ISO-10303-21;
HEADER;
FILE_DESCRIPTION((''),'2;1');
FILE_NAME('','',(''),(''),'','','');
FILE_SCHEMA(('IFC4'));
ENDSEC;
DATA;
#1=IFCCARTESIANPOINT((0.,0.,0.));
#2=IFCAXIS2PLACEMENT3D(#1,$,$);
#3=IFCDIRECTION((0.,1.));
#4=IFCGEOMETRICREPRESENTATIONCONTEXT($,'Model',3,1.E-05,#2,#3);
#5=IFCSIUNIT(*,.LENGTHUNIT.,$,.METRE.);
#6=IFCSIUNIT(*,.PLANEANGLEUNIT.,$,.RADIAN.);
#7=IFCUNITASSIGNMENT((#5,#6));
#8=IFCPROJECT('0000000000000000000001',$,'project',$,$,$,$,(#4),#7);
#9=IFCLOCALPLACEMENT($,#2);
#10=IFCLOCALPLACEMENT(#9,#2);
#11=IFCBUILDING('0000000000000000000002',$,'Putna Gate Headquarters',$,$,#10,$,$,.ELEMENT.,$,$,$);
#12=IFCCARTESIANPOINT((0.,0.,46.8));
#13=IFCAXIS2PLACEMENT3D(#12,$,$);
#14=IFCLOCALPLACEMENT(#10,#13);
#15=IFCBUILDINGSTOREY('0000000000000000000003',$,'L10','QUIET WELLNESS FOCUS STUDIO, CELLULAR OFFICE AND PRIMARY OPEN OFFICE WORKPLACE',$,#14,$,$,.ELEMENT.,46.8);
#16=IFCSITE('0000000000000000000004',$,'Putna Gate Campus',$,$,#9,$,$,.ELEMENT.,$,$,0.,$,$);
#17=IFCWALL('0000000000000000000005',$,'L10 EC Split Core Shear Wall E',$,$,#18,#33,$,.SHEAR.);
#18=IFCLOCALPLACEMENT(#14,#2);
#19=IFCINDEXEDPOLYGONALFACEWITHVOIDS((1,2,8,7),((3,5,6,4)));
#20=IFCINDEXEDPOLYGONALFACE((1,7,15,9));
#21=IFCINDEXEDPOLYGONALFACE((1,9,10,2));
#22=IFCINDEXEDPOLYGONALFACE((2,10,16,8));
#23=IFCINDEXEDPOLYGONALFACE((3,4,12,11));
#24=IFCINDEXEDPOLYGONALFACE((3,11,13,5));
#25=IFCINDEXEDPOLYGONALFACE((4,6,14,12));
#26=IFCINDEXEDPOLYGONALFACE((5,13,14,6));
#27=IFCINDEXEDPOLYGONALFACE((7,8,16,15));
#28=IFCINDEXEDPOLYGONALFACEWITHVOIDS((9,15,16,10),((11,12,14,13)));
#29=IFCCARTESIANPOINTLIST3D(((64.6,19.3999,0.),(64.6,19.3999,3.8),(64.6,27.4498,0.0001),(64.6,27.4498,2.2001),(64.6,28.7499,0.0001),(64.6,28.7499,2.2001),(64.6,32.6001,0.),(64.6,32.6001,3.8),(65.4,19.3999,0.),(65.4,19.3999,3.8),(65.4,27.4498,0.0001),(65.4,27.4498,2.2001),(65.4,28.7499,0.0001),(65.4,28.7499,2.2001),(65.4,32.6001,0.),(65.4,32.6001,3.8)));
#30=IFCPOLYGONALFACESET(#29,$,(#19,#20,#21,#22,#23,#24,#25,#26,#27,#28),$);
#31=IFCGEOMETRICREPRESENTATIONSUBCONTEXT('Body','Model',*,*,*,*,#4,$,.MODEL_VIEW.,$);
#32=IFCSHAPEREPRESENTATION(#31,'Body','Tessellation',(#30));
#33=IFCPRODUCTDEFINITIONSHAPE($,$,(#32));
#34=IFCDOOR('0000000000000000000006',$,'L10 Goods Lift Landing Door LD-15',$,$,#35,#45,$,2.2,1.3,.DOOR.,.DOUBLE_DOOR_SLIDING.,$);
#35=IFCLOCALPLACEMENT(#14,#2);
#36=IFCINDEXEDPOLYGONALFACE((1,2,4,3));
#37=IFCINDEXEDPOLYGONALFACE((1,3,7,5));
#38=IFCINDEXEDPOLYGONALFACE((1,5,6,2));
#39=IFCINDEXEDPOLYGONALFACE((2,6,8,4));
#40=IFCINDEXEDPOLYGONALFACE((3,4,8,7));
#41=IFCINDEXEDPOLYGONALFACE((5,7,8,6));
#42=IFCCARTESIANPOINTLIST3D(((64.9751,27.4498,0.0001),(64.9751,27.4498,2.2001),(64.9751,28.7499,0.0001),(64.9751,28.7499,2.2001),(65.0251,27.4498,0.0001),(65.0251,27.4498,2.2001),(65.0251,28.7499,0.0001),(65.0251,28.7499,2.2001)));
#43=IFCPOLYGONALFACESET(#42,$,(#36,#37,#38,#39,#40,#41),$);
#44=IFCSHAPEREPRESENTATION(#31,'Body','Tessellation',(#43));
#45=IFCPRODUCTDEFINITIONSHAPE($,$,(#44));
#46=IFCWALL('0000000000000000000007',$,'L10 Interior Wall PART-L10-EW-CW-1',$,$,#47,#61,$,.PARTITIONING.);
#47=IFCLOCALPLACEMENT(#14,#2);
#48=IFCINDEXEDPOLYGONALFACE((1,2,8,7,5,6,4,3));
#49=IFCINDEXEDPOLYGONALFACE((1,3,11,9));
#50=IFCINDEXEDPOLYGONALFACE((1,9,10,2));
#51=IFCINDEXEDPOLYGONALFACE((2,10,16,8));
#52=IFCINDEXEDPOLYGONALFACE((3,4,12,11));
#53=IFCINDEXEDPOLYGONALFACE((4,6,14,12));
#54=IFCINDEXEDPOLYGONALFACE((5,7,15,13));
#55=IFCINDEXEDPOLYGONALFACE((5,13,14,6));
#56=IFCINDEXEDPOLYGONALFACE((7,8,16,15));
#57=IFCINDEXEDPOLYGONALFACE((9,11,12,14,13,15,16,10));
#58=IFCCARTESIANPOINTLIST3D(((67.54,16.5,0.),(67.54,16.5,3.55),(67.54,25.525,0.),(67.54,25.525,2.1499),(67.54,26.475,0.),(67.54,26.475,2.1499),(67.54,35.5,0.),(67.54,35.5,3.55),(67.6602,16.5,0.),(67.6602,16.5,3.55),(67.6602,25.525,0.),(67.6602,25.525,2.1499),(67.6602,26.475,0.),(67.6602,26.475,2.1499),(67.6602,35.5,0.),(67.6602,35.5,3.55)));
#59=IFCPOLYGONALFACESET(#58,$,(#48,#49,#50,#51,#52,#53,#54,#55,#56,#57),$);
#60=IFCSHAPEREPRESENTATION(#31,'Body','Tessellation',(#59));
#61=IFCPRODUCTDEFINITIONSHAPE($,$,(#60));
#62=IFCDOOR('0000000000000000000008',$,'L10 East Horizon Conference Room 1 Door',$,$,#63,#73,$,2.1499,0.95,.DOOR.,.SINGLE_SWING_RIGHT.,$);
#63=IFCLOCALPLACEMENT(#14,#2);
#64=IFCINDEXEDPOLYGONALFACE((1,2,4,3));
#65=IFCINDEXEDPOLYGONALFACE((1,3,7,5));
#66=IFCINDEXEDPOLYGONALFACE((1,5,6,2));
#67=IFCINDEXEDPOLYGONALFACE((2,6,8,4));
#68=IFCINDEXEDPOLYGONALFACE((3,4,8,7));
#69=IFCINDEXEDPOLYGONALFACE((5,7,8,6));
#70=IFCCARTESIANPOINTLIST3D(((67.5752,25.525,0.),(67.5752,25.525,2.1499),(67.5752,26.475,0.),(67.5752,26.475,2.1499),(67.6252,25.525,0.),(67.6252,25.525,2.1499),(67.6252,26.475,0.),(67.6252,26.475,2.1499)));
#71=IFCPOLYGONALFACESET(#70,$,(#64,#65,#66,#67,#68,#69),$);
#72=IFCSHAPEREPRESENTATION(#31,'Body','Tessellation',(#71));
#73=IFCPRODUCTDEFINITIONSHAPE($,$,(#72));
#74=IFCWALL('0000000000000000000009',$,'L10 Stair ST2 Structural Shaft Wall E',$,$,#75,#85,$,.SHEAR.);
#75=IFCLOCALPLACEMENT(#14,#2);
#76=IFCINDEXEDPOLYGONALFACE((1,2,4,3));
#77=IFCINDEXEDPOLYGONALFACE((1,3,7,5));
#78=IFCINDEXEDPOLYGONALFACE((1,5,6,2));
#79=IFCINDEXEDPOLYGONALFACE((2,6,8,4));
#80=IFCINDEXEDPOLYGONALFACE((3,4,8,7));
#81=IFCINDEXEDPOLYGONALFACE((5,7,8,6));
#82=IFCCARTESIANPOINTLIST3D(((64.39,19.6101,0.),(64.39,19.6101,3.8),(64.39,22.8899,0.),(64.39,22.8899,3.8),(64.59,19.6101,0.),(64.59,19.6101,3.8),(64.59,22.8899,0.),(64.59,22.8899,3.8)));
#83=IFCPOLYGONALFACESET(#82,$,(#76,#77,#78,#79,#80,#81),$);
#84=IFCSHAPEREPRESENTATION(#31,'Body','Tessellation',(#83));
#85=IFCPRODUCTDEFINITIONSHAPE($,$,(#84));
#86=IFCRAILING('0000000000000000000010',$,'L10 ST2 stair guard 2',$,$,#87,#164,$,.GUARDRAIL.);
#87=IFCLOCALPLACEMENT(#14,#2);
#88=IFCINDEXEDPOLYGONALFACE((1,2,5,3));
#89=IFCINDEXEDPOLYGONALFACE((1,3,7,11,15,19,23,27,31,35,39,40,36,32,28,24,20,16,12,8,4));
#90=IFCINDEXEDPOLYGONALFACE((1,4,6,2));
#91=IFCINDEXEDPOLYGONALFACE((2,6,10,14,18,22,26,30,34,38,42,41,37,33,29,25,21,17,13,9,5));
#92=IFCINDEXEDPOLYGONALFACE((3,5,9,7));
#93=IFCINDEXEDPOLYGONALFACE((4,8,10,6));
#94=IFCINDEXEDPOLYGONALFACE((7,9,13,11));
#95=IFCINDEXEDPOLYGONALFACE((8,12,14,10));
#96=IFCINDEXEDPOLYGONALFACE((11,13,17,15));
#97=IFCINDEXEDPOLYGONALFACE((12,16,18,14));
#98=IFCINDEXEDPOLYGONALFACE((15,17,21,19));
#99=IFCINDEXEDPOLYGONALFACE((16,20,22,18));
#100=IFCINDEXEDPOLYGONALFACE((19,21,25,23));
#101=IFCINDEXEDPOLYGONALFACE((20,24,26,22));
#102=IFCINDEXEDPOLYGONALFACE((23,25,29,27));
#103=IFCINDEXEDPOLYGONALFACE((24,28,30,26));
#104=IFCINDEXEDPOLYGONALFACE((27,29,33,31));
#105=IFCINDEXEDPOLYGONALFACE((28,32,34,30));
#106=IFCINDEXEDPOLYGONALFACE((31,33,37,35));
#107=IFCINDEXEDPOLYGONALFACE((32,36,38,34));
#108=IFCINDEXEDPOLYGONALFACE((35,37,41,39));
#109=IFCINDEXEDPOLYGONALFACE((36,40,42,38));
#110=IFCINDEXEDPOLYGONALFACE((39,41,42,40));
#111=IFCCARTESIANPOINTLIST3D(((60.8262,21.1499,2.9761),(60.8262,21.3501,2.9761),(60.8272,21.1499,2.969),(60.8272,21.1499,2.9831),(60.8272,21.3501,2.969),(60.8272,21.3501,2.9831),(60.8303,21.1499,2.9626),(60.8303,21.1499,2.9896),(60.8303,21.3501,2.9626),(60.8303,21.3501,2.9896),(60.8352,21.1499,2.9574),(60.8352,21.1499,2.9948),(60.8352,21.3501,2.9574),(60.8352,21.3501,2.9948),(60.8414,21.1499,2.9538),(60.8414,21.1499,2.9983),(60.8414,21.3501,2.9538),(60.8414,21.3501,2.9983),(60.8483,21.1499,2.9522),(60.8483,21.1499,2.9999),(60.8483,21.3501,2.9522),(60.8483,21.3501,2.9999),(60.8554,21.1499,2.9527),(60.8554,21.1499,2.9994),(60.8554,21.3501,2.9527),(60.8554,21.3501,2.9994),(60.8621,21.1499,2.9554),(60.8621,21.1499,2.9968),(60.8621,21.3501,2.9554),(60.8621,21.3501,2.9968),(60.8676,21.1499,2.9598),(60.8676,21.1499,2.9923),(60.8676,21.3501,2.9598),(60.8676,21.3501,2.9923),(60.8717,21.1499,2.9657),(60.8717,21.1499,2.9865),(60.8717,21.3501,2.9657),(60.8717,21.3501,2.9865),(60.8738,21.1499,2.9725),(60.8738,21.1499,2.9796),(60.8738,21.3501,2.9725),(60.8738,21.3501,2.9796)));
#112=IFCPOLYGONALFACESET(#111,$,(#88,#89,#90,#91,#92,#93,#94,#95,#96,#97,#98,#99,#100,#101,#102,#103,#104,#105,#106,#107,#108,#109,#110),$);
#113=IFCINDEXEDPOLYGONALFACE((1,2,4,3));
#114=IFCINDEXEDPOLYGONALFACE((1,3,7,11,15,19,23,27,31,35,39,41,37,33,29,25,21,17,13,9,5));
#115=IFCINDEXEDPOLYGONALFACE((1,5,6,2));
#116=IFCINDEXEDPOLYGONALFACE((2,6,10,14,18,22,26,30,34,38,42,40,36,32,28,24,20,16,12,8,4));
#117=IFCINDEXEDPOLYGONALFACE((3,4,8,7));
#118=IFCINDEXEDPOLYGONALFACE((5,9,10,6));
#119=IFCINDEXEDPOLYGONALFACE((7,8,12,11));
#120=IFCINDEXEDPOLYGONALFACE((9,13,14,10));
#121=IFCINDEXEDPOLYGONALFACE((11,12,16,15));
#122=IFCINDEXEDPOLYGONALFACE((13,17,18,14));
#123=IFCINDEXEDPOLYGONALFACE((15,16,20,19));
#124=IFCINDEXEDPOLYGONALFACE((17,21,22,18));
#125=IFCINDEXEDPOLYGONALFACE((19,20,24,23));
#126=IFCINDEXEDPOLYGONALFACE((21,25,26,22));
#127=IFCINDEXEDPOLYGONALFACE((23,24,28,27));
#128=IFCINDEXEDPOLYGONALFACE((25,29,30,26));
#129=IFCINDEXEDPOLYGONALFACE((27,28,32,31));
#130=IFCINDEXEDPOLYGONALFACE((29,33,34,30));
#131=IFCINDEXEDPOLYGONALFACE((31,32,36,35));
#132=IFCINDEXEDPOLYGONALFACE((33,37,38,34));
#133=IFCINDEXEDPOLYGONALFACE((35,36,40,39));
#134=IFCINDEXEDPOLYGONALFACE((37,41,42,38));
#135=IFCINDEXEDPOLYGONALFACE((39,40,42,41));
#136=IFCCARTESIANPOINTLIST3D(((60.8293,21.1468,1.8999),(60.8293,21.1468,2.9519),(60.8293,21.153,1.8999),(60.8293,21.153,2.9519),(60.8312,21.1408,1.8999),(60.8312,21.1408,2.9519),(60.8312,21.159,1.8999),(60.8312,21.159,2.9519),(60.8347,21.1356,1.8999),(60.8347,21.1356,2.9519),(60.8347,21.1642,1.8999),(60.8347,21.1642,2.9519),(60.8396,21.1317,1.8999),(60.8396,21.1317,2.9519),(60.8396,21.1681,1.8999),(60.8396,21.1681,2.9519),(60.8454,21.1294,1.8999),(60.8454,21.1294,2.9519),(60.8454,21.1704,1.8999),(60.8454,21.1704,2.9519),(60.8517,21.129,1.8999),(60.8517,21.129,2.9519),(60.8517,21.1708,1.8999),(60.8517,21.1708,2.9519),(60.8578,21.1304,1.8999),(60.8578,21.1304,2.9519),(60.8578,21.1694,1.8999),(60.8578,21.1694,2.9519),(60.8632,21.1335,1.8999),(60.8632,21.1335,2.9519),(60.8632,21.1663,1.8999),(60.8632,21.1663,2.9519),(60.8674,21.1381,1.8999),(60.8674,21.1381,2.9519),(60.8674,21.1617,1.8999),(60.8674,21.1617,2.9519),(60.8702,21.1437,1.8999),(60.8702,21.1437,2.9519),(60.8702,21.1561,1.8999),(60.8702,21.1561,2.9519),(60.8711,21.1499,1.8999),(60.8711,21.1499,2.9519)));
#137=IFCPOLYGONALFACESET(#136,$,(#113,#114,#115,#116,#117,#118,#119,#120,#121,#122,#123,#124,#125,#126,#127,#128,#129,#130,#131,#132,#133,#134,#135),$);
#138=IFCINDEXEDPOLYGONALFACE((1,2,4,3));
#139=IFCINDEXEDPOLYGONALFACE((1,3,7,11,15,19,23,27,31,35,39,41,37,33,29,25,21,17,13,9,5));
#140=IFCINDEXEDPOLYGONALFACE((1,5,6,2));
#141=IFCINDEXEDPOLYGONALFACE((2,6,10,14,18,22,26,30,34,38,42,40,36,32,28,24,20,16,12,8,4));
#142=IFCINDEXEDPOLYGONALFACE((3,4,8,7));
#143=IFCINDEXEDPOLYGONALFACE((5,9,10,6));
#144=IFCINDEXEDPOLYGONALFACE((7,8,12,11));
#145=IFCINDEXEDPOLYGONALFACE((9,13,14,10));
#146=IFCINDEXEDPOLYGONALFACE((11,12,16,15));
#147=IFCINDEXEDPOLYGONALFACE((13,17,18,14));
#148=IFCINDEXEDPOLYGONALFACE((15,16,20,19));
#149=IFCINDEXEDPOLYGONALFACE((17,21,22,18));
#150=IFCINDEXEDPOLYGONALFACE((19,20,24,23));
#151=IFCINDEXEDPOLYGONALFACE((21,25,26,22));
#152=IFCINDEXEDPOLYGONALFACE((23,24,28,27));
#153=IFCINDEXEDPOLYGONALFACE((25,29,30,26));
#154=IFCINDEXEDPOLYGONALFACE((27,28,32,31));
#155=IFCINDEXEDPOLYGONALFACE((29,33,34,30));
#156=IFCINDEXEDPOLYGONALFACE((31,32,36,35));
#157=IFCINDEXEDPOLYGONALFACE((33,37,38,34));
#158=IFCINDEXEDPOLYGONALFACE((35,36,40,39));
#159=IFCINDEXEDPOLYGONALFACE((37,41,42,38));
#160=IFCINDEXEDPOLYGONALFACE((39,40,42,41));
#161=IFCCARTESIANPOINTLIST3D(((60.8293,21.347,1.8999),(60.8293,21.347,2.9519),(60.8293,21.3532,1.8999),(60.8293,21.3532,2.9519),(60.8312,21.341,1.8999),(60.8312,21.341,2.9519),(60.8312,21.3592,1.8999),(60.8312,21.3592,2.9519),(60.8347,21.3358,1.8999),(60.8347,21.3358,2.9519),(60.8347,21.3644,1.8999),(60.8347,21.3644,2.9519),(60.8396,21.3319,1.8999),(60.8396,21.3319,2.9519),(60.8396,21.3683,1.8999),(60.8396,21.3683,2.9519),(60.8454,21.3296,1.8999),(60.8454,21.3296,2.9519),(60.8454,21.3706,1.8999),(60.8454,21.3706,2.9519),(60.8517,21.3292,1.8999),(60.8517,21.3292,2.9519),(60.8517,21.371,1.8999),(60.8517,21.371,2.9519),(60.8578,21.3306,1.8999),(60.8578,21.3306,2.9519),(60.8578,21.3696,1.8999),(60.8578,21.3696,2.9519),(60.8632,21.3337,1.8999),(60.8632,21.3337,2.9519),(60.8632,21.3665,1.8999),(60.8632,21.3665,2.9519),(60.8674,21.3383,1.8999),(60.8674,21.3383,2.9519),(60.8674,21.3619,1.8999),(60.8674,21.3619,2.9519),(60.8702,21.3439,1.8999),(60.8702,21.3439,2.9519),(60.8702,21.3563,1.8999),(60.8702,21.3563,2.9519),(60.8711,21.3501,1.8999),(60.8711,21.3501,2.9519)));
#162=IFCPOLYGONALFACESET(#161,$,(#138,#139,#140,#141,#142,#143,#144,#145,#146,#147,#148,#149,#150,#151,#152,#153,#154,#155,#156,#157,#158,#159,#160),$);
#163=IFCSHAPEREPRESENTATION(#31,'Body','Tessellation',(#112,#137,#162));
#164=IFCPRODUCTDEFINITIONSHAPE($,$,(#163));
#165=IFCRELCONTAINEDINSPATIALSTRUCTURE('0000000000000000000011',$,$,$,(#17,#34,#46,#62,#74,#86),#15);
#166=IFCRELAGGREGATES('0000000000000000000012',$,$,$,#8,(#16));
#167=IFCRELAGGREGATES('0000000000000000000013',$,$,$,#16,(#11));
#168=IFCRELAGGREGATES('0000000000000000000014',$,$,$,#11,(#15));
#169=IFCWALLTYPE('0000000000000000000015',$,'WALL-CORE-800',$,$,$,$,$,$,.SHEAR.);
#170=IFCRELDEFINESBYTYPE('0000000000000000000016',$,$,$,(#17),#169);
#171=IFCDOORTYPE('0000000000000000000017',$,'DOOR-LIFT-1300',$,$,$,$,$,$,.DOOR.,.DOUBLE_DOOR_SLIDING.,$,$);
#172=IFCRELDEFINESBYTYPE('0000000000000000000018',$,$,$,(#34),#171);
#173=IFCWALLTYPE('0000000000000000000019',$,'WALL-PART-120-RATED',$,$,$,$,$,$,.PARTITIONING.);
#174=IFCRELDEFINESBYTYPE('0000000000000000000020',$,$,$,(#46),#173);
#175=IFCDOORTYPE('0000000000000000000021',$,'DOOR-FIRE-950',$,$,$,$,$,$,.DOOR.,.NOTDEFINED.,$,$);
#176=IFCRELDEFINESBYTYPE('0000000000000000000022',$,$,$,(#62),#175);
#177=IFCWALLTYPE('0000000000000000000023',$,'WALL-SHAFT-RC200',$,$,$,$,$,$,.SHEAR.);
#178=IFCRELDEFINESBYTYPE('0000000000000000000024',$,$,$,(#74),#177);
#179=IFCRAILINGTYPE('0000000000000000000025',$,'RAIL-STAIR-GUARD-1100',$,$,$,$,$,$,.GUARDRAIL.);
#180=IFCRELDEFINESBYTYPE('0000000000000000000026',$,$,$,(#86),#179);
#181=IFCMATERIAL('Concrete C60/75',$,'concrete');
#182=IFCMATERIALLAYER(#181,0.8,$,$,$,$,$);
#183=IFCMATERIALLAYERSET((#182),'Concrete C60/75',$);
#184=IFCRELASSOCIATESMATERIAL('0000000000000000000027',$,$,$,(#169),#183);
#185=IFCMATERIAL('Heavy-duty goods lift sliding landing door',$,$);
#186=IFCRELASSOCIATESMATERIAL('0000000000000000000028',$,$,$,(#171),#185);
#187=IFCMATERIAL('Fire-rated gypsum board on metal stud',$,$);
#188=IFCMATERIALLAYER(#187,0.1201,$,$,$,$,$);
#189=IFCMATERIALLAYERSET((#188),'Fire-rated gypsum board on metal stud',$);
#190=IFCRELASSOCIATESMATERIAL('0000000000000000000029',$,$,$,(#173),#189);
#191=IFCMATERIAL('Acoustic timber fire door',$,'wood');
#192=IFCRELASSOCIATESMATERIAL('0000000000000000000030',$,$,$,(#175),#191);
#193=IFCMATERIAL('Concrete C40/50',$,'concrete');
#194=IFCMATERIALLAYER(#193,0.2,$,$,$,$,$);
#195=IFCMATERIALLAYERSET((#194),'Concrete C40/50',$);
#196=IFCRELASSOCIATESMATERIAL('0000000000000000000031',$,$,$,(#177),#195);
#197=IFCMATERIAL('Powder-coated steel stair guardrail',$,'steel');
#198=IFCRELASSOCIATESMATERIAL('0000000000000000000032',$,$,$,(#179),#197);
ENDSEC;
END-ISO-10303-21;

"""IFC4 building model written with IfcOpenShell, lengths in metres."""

from ifc_helpers import new_model, si_unit, direction, frame, frame_2d, origin, origin_2d, place, context, subcontext, project, spatial, rectangle, circle, extrude, material, layer, layer_set, type_object, element, fill, save


model = new_model("IFC4")

# Units and contexts
model_context = context("Model", 3, precision=1e-05, world=origin(), true_north=direction((0.0, 1.0)))
body_context = subcontext(model_context, "Body", "Model", "MODEL_VIEW")
ifc_project = project(units=[si_unit("LENGTHUNIT", "METRE"), si_unit("PLANEANGLEUNIT", "RADIAN")], contexts=[model_context])

# Site, building, storey
site_placement = place(None, origin())
site = spatial("IfcSite", under=ifc_project, at=site_placement, Name="Putna Gate Campus", CompositionType="ELEMENT", RefElevation=0.0)
building_placement = place(site_placement, origin())
building = spatial("IfcBuilding", under=site, at=building_placement, Name="Putna Gate Headquarters", CompositionType="ELEMENT")
storey_placement = place(building_placement, frame((0.0, 0.0, 46.8)))
storey = spatial("IfcBuildingStorey", under=building, at=storey_placement, Name="L10", Description="QUIET WELLNESS FOCUS STUDIO, CELLULAR OFFICE AND PRIMARY OPEN OFFICE WORKPLACE", CompositionType="ELEMENT", Elevation=46.8)

# Shared definitions
ifc_material_1 = material(Name="Concrete C60/75", Category="concrete")

# Walls, openings, doors
ifc_layer_1 = layer(ifc_material_1, 0.8)
ifc_layer_set_1 = layer_set([ifc_layer_1], Name="Concrete C60/75")
wall_type_1 = type_object("IfcWallType", Name="WALL-CORE-800", PredefinedType="SHEAR", material=ifc_layer_set_1)
wall_1_placement = place(storey_placement, frame((65.0, 19.3999, 0.0), z_axis=(0.0, 0.0, 1.0), x_axis=(0.0, 1.0, 0.0)))
wall_1 = element("IfcWall", 1, at=wall_1_placement, inside=storey, type_object=wall_type_1, Name="L10 EC Split Core Shear Wall E", PredefinedType="SHEAR", context=body_context, shape_type="SweptSolid", body=[
    extrude(rectangle(XDim=13.2002, YDim=0.8, at=frame_2d((6.6001, 0.0))), origin(), (0.0, 0.0, 1.0), 3.8),
])
opening_1_placement = place(wall_1_placement, frame((8.05, 0.0, 0.0)))
opening_1 = element("IfcOpeningElement", 2, at=opening_1_placement, cuts=wall_1, PredefinedType="OPENING", context=body_context, shape_type="SweptSolid", body=[
    extrude(rectangle(XDim=1.3, YDim=2.2, at=frame_2d((0.6499, 1.1001))), frame((0.0, 0.4099, 0.0), z_axis=(0.0, -1.0, 0.0), x_axis=(1.0, 0.0, 0.0)), (0.0, 0.0, 1.0), 0.8201),
])
ifc_material_2 = material(Name="Heavy-duty goods lift sliding landing door")
door_type_1 = type_object("IfcDoorType", Name="DOOR-LIFT-1300", OperationType="DOUBLE_DOOR_SLIDING", PredefinedType="DOOR", material=ifc_material_2)
door_1_placement = place(opening_1_placement, origin())
door_1 = element("IfcDoor", 3, at=door_1_placement, inside=storey, type_object=door_type_1, Name="L10 Goods Lift Landing Door LD-15", OperationType="DOUBLE_DOOR_SLIDING", OverallHeight=2.2, OverallWidth=1.3, PredefinedType="DOOR", context=body_context, shape_type="SweptSolid", body=[
    extrude(rectangle(XDim=1.3, YDim=2.2, at=frame_2d((0.6499, 1.1001))), frame((0.0, 0.0249, 0.0), z_axis=(0.0, -1.0, 0.0), x_axis=(1.0, 0.0, 0.0)), (0.0, 0.0, 1.0), 0.05),
])
fill(opening_1, door_1)
ifc_material_3 = material(Name="Fire-rated gypsum board on metal stud")
ifc_layer_2 = layer(ifc_material_3, 0.1201)
ifc_layer_set_2 = layer_set([ifc_layer_2], Name="Fire-rated gypsum board on metal stud")
wall_type_2 = type_object("IfcWallType", Name="WALL-PART-120-RATED", PredefinedType="PARTITIONING", material=ifc_layer_set_2)
wall_2_placement = place(storey_placement, frame((67.6001, 16.5, 0.0), z_axis=(0.0, 0.0, 1.0), x_axis=(0.0, 1.0, 0.0)))
wall_2 = element("IfcWall", 4, at=wall_2_placement, inside=storey, type_object=wall_type_2, Name="L10 Interior Wall PART-L10-EW-CW-1", PredefinedType="PARTITIONING", context=body_context, shape_type="SweptSolid", body=[
    extrude(rectangle(XDim=19.0, YDim=0.1201, at=frame_2d((9.5, 0.0))), origin(), (0.0, 0.0, 1.0), 3.55),
])
opening_2_placement = place(wall_2_placement, frame((9.0249, 0.0, 0.0)))
opening_2 = element("IfcOpeningElement", 5, at=opening_2_placement, cuts=wall_2, PredefinedType="OPENING", context=body_context, shape_type="SweptSolid", body=[
    extrude(rectangle(XDim=0.95, YDim=2.1499, at=frame_2d((0.4751, 1.075))), frame((0.0, 0.0701, 0.0), z_axis=(0.0, -1.0, 0.0), x_axis=(1.0, 0.0, 0.0)), (0.0, 0.0, 1.0), 0.1401),
])
ifc_material_4 = material(Name="Acoustic timber fire door", Category="wood")
door_type_2 = type_object("IfcDoorType", Name="DOOR-FIRE-950", OperationType="NOTDEFINED", PredefinedType="DOOR", material=ifc_material_4)
door_2_placement = place(opening_2_placement, origin())
door_2 = element("IfcDoor", 6, at=door_2_placement, inside=storey, type_object=door_type_2, Name="L10 East Horizon Conference Room 1 Door", OperationType="SINGLE_SWING_RIGHT", OverallHeight=2.1499, OverallWidth=0.95, PredefinedType="DOOR", context=body_context, shape_type="SweptSolid", body=[
    extrude(rectangle(XDim=0.95, YDim=2.1499, at=frame_2d((0.4751, 1.075))), frame((0.0, 0.0249, 0.0), z_axis=(0.0, -1.0, 0.0), x_axis=(1.0, 0.0, 0.0)), (0.0, 0.0, 1.0), 0.05),
])
fill(opening_2, door_2)

# Wall
ifc_material_5 = material(Name="Concrete C40/50", Category="concrete")
ifc_layer_3 = layer(ifc_material_5, 0.2)
ifc_layer_set_3 = layer_set([ifc_layer_3], Name="Concrete C40/50")
wall_type_3 = type_object("IfcWallType", Name="WALL-SHAFT-RC200", PredefinedType="SHEAR", material=ifc_layer_set_3)
wall_3_placement = place(storey_placement, frame((64.49, 19.6101, 0.0), z_axis=(0.0, 0.0, 1.0), x_axis=(0.0, 1.0, 0.0)))
element("IfcWall", 7, at=wall_3_placement, inside=storey, type_object=wall_type_3, Name="L10 Stair ST2 Structural Shaft Wall E", PredefinedType="SHEAR", context=body_context, shape_type="SweptSolid", body=[
    extrude(rectangle(XDim=3.2798, YDim=0.2, at=frame_2d((1.6399, 0.0))), origin(), (0.0, 0.0, 1.0), 3.8),
])

# Railing
ifc_material_6 = material(Name="Powder-coated steel stair guardrail", Category="steel")
railing_type = type_object("IfcRailingType", Name="RAIL-STAIR-GUARD-1100", PredefinedType="GUARDRAIL", material=ifc_material_6)
railing_1_placement = place(storey_placement, frame((60.8501, 21.1499, 1.8999)))
element("IfcRailing", 8, at=railing_1_placement, inside=storey, type_object=railing_type, Name="L10 ST2 stair guard 2", PredefinedType="GUARDRAIL", context=body_context, shape_type="SweptSolid", body=[
    extrude(circle(Radius=0.0239, at=origin_2d()), frame((0.0, 0.0, 1.0762), z_axis=(0.0, 1.0, 0.0), x_axis=(-1.0, 0.0, 0.0)), (0.0, 0.0, 1.0), 0.2002),
    extrude(circle(Radius=0.021, at=origin_2d()), origin(), (0.0, 0.0, 1.0), 1.052),
    extrude(circle(Radius=0.021, at=origin_2d()), frame((0.0, 0.2002, 0.0)), (0.0, 0.0, 1.0), 1.052),
])

save(model, "model.ifc")
